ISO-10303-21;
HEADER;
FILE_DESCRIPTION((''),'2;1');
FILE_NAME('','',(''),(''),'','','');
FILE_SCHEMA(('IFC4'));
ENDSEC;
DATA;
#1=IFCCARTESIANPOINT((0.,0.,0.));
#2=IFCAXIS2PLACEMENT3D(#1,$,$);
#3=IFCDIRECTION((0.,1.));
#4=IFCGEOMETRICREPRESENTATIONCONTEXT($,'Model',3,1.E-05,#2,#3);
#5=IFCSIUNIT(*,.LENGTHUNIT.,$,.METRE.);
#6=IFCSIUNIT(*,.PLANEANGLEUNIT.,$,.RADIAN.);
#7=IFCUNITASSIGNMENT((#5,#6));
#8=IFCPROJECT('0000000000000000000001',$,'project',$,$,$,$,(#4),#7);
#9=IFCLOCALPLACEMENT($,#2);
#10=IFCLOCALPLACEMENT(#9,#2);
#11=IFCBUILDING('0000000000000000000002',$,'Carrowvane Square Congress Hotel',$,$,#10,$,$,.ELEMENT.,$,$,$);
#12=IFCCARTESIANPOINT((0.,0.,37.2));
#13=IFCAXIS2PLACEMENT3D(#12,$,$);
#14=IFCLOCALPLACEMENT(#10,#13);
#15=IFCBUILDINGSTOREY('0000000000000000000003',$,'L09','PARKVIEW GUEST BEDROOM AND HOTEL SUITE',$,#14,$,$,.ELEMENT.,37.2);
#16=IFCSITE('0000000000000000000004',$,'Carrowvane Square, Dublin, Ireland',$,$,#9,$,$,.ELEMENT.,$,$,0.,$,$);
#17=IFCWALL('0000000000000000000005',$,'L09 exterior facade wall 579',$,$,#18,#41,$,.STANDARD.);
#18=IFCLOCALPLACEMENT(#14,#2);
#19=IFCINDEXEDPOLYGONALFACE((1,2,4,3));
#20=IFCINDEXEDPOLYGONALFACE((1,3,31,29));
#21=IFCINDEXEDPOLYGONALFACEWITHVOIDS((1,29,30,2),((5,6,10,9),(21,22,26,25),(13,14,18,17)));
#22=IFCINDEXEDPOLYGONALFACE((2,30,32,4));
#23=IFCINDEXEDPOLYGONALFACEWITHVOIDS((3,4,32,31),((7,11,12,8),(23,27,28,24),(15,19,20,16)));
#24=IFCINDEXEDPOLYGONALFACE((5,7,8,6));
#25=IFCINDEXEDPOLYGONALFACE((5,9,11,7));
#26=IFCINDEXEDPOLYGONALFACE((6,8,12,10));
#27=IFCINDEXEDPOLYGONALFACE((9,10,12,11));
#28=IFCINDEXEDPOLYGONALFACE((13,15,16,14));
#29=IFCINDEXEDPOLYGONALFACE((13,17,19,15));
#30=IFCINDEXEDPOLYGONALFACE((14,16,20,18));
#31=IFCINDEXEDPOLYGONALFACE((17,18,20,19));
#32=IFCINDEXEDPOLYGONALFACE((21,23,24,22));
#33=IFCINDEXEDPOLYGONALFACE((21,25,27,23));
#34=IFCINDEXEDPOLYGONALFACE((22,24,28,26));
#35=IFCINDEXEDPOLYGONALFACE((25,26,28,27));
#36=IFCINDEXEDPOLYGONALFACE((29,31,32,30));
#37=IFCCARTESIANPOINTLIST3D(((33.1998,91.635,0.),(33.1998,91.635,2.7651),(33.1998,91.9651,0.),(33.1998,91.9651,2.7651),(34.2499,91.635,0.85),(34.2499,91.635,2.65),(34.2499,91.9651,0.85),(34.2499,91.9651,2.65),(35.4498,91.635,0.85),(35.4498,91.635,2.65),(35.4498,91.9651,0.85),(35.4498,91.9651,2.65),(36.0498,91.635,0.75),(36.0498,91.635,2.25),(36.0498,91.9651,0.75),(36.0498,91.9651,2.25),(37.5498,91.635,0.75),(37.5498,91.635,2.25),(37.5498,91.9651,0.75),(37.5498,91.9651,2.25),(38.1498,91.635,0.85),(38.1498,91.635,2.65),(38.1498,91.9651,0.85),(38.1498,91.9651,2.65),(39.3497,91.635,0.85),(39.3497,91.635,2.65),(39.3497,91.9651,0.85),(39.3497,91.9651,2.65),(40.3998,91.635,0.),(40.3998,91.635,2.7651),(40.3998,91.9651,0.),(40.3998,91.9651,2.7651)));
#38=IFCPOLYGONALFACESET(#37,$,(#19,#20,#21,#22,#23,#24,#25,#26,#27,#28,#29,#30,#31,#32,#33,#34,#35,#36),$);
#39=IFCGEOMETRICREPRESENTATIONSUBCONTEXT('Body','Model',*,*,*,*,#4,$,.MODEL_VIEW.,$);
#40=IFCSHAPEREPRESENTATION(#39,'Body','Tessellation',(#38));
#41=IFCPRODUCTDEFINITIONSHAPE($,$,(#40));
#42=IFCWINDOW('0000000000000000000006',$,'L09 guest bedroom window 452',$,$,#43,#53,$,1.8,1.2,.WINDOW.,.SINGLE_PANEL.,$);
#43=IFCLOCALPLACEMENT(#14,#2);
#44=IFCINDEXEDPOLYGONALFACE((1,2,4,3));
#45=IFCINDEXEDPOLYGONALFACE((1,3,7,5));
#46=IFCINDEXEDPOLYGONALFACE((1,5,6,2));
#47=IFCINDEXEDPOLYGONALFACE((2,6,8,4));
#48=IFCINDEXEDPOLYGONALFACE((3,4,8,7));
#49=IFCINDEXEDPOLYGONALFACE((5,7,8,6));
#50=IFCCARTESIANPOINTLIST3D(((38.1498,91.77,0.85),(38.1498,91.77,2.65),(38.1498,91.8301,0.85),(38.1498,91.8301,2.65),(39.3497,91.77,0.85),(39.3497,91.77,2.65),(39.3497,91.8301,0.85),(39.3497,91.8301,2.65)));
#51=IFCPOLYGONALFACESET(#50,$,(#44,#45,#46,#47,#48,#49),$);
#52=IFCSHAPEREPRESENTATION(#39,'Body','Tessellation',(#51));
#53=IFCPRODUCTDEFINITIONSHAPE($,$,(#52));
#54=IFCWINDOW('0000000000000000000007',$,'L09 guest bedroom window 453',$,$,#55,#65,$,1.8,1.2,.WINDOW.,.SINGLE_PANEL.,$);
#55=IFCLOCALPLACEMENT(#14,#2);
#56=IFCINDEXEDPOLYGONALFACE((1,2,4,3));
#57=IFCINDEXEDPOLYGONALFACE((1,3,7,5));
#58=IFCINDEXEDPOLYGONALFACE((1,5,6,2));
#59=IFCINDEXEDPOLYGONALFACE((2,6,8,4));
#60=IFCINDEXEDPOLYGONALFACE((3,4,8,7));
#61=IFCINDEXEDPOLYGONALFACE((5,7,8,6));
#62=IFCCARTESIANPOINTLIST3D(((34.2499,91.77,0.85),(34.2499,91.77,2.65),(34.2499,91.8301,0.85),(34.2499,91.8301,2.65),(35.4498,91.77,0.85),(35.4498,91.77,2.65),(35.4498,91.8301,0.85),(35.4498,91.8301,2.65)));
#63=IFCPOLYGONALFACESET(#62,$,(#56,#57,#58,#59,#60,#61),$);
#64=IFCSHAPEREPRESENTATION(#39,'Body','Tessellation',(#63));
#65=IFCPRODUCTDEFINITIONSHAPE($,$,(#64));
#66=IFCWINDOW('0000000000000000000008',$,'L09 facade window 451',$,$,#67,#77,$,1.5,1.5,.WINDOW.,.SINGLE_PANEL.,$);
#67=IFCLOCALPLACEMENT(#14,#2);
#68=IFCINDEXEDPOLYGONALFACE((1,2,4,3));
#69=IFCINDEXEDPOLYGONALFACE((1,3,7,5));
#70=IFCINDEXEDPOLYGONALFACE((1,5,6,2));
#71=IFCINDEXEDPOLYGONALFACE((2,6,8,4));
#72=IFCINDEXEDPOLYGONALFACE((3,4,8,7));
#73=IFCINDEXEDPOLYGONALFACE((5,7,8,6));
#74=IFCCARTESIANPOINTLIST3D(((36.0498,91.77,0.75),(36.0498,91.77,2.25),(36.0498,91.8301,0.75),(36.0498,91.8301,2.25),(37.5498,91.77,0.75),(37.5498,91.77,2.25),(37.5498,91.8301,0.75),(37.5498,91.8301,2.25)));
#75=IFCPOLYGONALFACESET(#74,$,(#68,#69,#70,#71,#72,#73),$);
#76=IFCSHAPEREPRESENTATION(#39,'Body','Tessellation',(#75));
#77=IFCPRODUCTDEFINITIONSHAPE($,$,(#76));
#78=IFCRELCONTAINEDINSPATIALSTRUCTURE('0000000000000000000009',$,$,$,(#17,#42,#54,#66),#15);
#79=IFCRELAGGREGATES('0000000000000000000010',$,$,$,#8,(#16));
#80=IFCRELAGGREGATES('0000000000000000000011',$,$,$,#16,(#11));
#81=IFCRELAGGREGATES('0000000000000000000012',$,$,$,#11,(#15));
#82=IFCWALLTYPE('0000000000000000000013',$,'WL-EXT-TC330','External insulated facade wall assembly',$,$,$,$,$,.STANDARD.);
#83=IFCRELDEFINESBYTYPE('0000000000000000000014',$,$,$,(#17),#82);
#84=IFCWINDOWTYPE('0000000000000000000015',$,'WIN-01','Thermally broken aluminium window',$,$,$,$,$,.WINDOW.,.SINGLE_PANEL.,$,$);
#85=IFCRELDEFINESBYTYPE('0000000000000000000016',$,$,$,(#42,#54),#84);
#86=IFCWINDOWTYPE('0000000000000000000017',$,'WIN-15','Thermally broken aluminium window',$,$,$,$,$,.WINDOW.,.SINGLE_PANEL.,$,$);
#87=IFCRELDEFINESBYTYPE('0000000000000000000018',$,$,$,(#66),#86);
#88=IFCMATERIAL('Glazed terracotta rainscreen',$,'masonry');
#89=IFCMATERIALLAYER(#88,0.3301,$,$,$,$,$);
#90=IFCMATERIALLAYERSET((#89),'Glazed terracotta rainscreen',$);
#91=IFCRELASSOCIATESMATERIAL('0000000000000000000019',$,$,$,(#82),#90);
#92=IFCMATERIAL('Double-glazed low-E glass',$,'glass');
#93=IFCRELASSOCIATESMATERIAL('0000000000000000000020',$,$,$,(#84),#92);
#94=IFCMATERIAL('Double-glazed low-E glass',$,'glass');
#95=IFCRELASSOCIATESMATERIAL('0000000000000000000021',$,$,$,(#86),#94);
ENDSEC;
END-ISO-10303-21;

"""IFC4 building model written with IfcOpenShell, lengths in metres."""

from ifc_helpers import new_model, si_unit, direction, frame, frame_2d, origin, place, context, subcontext, project, spatial, rectangle, extrude, material, layer, layer_set, type_object, element, fill, save


model = new_model("IFC4")

# Units and contexts
model_context = context("Model", 3, precision=1e-05, world=origin(), true_north=direction((0.0, 1.0)))
body_context = subcontext(model_context, "Body", "Model", "MODEL_VIEW")
ifc_project = project(units=[si_unit("LENGTHUNIT", "METRE"), si_unit("PLANEANGLEUNIT", "RADIAN")], contexts=[model_context])

# Site, building, storey
site_placement = place(None, origin())
site = spatial("IfcSite", under=ifc_project, at=site_placement, Name="Carrowvane Square, Dublin, Ireland", CompositionType="ELEMENT", RefElevation=0.0)
building_placement = place(site_placement, origin())
building = spatial("IfcBuilding", under=site, at=building_placement, Name="Carrowvane Square Congress Hotel", CompositionType="ELEMENT")
storey_placement = place(building_placement, frame((0.0, 0.0, 37.2)))
storey = spatial("IfcBuildingStorey", under=building, at=storey_placement, Name="L09", Description="PARKVIEW GUEST BEDROOM AND HOTEL SUITE", CompositionType="ELEMENT", Elevation=37.2)

# Wall, openings, windows
ifc_material_1 = material(Name="Glazed terracotta rainscreen", Category="masonry")
ifc_layer = layer(ifc_material_1, 0.3301)
ifc_layer_set = layer_set([ifc_layer], Name="Glazed terracotta rainscreen")
wall_type = type_object("IfcWallType", Name="WL-EXT-TC330", Description="External insulated facade wall assembly", PredefinedType="STANDARD", material=ifc_layer_set)
ifc_material_2 = material(Name="Double-glazed low-E glass", Category="glass")
window_type_1 = type_object("IfcWindowType", Name="WIN-01", Description="Thermally broken aluminium window", PartitioningType="SINGLE_PANEL", PredefinedType="WINDOW", material=ifc_material_2)
ifc_material_3 = material(Name="Double-glazed low-E glass", Category="glass")
window_type_2 = type_object("IfcWindowType", Name="WIN-15", Description="Thermally broken aluminium window", PartitioningType="SINGLE_PANEL", PredefinedType="WINDOW", material=ifc_material_3)
wall_1_placement = place(storey_placement, frame((40.3999, 91.8, 0.0), z_axis=(0.0, 0.0, 1.0), x_axis=(-1.0, 0.0, 0.0)))
wall_1 = element("IfcWall", 1, at=wall_1_placement, inside=storey, type_object=wall_type, Name="L09 exterior facade wall 579", PredefinedType="STANDARD", context=body_context, shape_type="SweptSolid", body=[
    extrude(rectangle(XDim=7.2, YDim=0.3301, at=frame_2d((3.6001, 0.0))), origin(), (0.0, 0.0, 1.0), 2.7651),
])
opening_1_placement = place(wall_1_placement, frame((2.8501, 0.0, 0.75)))
opening_1 = element("IfcOpeningElement", 2, at=opening_1_placement, cuts=wall_1, PredefinedType="OPENING", context=body_context, shape_type="SweptSolid", body=[
    extrude(rectangle(XDim=1.5, YDim=1.5, at=frame_2d((0.75, 0.75))), frame((0.0, 0.175, 0.0), z_axis=(0.0, -1.0, 0.0), x_axis=(1.0, 0.0, 0.0)), (0.0, 0.0, 1.0), 0.3501),
])
opening_2_placement = place(wall_1_placement, frame((1.05, 0.0, 0.8501)))
opening_2 = element("IfcOpeningElement", 3, at=opening_2_placement, cuts=wall_1, PredefinedType="OPENING", context=body_context, shape_type="SweptSolid", body=[
    extrude(rectangle(XDim=1.2, YDim=1.8, at=frame_2d((0.6001, 0.8999))), frame((0.0, 0.175, 0.0), z_axis=(0.0, -1.0, 0.0), x_axis=(1.0, 0.0, 0.0)), (0.0, 0.0, 1.0), 0.3501),
])
opening_3_placement = place(wall_1_placement, frame((4.95, 0.0, 0.8501)))
opening_3 = element("IfcOpeningElement", 4, at=opening_3_placement, cuts=wall_1, PredefinedType="OPENING", context=body_context, shape_type="SweptSolid", body=[
    extrude(rectangle(XDim=1.2, YDim=1.8, at=frame_2d((0.6001, 0.8999))), frame((0.0, 0.175, 0.0), z_axis=(0.0, -1.0, 0.0), x_axis=(1.0, 0.0, 0.0)), (0.0, 0.0, 1.0), 0.3501),
])
window_1_placement = place(opening_2_placement, origin())
window_1 = element("IfcWindow", 5, at=window_1_placement, inside=storey, type_object=window_type_1, Name="L09 guest bedroom window 452", OverallHeight=1.8, OverallWidth=1.2, PartitioningType="SINGLE_PANEL", PredefinedType="WINDOW", context=body_context, shape_type="SweptSolid", body=[
    extrude(rectangle(XDim=1.2, YDim=1.8, at=frame_2d((0.6001, 0.8999))), frame((0.0, 0.03, 0.0), z_axis=(0.0, -1.0, 0.0), x_axis=(1.0, 0.0, 0.0)), (0.0, 0.0, 1.0), 0.0601),
])
fill(opening_2, window_1)
window_2_placement = place(opening_3_placement, origin())
window_2 = element("IfcWindow", 6, at=window_2_placement, inside=storey, type_object=window_type_1, Name="L09 guest bedroom window 453", OverallHeight=1.8, OverallWidth=1.2, PartitioningType="SINGLE_PANEL", PredefinedType="WINDOW", context=body_context, shape_type="SweptSolid", body=[
    extrude(rectangle(XDim=1.2, YDim=1.8, at=frame_2d((0.6001, 0.8999))), frame((0.0, 0.03, 0.0), z_axis=(0.0, -1.0, 0.0), x_axis=(1.0, 0.0, 0.0)), (0.0, 0.0, 1.0), 0.0601),
])
fill(opening_3, window_2)
window_3_placement = place(opening_1_placement, origin())
window_3 = element("IfcWindow", 7, at=window_3_placement, inside=storey, type_object=window_type_2, Name="L09 facade window 451", OverallHeight=1.5, OverallWidth=1.5, PartitioningType="SINGLE_PANEL", PredefinedType="WINDOW", context=body_context, shape_type="SweptSolid", body=[
    extrude(rectangle(XDim=1.5, YDim=1.5, at=frame_2d((0.75, 0.75))), frame((0.0, 0.03, 0.0), z_axis=(0.0, -1.0, 0.0), x_axis=(1.0, 0.0, 0.0)), (0.0, 0.0, 1.0), 0.0601),
])
fill(opening_1, window_3)

save(model, "model.ifc")
